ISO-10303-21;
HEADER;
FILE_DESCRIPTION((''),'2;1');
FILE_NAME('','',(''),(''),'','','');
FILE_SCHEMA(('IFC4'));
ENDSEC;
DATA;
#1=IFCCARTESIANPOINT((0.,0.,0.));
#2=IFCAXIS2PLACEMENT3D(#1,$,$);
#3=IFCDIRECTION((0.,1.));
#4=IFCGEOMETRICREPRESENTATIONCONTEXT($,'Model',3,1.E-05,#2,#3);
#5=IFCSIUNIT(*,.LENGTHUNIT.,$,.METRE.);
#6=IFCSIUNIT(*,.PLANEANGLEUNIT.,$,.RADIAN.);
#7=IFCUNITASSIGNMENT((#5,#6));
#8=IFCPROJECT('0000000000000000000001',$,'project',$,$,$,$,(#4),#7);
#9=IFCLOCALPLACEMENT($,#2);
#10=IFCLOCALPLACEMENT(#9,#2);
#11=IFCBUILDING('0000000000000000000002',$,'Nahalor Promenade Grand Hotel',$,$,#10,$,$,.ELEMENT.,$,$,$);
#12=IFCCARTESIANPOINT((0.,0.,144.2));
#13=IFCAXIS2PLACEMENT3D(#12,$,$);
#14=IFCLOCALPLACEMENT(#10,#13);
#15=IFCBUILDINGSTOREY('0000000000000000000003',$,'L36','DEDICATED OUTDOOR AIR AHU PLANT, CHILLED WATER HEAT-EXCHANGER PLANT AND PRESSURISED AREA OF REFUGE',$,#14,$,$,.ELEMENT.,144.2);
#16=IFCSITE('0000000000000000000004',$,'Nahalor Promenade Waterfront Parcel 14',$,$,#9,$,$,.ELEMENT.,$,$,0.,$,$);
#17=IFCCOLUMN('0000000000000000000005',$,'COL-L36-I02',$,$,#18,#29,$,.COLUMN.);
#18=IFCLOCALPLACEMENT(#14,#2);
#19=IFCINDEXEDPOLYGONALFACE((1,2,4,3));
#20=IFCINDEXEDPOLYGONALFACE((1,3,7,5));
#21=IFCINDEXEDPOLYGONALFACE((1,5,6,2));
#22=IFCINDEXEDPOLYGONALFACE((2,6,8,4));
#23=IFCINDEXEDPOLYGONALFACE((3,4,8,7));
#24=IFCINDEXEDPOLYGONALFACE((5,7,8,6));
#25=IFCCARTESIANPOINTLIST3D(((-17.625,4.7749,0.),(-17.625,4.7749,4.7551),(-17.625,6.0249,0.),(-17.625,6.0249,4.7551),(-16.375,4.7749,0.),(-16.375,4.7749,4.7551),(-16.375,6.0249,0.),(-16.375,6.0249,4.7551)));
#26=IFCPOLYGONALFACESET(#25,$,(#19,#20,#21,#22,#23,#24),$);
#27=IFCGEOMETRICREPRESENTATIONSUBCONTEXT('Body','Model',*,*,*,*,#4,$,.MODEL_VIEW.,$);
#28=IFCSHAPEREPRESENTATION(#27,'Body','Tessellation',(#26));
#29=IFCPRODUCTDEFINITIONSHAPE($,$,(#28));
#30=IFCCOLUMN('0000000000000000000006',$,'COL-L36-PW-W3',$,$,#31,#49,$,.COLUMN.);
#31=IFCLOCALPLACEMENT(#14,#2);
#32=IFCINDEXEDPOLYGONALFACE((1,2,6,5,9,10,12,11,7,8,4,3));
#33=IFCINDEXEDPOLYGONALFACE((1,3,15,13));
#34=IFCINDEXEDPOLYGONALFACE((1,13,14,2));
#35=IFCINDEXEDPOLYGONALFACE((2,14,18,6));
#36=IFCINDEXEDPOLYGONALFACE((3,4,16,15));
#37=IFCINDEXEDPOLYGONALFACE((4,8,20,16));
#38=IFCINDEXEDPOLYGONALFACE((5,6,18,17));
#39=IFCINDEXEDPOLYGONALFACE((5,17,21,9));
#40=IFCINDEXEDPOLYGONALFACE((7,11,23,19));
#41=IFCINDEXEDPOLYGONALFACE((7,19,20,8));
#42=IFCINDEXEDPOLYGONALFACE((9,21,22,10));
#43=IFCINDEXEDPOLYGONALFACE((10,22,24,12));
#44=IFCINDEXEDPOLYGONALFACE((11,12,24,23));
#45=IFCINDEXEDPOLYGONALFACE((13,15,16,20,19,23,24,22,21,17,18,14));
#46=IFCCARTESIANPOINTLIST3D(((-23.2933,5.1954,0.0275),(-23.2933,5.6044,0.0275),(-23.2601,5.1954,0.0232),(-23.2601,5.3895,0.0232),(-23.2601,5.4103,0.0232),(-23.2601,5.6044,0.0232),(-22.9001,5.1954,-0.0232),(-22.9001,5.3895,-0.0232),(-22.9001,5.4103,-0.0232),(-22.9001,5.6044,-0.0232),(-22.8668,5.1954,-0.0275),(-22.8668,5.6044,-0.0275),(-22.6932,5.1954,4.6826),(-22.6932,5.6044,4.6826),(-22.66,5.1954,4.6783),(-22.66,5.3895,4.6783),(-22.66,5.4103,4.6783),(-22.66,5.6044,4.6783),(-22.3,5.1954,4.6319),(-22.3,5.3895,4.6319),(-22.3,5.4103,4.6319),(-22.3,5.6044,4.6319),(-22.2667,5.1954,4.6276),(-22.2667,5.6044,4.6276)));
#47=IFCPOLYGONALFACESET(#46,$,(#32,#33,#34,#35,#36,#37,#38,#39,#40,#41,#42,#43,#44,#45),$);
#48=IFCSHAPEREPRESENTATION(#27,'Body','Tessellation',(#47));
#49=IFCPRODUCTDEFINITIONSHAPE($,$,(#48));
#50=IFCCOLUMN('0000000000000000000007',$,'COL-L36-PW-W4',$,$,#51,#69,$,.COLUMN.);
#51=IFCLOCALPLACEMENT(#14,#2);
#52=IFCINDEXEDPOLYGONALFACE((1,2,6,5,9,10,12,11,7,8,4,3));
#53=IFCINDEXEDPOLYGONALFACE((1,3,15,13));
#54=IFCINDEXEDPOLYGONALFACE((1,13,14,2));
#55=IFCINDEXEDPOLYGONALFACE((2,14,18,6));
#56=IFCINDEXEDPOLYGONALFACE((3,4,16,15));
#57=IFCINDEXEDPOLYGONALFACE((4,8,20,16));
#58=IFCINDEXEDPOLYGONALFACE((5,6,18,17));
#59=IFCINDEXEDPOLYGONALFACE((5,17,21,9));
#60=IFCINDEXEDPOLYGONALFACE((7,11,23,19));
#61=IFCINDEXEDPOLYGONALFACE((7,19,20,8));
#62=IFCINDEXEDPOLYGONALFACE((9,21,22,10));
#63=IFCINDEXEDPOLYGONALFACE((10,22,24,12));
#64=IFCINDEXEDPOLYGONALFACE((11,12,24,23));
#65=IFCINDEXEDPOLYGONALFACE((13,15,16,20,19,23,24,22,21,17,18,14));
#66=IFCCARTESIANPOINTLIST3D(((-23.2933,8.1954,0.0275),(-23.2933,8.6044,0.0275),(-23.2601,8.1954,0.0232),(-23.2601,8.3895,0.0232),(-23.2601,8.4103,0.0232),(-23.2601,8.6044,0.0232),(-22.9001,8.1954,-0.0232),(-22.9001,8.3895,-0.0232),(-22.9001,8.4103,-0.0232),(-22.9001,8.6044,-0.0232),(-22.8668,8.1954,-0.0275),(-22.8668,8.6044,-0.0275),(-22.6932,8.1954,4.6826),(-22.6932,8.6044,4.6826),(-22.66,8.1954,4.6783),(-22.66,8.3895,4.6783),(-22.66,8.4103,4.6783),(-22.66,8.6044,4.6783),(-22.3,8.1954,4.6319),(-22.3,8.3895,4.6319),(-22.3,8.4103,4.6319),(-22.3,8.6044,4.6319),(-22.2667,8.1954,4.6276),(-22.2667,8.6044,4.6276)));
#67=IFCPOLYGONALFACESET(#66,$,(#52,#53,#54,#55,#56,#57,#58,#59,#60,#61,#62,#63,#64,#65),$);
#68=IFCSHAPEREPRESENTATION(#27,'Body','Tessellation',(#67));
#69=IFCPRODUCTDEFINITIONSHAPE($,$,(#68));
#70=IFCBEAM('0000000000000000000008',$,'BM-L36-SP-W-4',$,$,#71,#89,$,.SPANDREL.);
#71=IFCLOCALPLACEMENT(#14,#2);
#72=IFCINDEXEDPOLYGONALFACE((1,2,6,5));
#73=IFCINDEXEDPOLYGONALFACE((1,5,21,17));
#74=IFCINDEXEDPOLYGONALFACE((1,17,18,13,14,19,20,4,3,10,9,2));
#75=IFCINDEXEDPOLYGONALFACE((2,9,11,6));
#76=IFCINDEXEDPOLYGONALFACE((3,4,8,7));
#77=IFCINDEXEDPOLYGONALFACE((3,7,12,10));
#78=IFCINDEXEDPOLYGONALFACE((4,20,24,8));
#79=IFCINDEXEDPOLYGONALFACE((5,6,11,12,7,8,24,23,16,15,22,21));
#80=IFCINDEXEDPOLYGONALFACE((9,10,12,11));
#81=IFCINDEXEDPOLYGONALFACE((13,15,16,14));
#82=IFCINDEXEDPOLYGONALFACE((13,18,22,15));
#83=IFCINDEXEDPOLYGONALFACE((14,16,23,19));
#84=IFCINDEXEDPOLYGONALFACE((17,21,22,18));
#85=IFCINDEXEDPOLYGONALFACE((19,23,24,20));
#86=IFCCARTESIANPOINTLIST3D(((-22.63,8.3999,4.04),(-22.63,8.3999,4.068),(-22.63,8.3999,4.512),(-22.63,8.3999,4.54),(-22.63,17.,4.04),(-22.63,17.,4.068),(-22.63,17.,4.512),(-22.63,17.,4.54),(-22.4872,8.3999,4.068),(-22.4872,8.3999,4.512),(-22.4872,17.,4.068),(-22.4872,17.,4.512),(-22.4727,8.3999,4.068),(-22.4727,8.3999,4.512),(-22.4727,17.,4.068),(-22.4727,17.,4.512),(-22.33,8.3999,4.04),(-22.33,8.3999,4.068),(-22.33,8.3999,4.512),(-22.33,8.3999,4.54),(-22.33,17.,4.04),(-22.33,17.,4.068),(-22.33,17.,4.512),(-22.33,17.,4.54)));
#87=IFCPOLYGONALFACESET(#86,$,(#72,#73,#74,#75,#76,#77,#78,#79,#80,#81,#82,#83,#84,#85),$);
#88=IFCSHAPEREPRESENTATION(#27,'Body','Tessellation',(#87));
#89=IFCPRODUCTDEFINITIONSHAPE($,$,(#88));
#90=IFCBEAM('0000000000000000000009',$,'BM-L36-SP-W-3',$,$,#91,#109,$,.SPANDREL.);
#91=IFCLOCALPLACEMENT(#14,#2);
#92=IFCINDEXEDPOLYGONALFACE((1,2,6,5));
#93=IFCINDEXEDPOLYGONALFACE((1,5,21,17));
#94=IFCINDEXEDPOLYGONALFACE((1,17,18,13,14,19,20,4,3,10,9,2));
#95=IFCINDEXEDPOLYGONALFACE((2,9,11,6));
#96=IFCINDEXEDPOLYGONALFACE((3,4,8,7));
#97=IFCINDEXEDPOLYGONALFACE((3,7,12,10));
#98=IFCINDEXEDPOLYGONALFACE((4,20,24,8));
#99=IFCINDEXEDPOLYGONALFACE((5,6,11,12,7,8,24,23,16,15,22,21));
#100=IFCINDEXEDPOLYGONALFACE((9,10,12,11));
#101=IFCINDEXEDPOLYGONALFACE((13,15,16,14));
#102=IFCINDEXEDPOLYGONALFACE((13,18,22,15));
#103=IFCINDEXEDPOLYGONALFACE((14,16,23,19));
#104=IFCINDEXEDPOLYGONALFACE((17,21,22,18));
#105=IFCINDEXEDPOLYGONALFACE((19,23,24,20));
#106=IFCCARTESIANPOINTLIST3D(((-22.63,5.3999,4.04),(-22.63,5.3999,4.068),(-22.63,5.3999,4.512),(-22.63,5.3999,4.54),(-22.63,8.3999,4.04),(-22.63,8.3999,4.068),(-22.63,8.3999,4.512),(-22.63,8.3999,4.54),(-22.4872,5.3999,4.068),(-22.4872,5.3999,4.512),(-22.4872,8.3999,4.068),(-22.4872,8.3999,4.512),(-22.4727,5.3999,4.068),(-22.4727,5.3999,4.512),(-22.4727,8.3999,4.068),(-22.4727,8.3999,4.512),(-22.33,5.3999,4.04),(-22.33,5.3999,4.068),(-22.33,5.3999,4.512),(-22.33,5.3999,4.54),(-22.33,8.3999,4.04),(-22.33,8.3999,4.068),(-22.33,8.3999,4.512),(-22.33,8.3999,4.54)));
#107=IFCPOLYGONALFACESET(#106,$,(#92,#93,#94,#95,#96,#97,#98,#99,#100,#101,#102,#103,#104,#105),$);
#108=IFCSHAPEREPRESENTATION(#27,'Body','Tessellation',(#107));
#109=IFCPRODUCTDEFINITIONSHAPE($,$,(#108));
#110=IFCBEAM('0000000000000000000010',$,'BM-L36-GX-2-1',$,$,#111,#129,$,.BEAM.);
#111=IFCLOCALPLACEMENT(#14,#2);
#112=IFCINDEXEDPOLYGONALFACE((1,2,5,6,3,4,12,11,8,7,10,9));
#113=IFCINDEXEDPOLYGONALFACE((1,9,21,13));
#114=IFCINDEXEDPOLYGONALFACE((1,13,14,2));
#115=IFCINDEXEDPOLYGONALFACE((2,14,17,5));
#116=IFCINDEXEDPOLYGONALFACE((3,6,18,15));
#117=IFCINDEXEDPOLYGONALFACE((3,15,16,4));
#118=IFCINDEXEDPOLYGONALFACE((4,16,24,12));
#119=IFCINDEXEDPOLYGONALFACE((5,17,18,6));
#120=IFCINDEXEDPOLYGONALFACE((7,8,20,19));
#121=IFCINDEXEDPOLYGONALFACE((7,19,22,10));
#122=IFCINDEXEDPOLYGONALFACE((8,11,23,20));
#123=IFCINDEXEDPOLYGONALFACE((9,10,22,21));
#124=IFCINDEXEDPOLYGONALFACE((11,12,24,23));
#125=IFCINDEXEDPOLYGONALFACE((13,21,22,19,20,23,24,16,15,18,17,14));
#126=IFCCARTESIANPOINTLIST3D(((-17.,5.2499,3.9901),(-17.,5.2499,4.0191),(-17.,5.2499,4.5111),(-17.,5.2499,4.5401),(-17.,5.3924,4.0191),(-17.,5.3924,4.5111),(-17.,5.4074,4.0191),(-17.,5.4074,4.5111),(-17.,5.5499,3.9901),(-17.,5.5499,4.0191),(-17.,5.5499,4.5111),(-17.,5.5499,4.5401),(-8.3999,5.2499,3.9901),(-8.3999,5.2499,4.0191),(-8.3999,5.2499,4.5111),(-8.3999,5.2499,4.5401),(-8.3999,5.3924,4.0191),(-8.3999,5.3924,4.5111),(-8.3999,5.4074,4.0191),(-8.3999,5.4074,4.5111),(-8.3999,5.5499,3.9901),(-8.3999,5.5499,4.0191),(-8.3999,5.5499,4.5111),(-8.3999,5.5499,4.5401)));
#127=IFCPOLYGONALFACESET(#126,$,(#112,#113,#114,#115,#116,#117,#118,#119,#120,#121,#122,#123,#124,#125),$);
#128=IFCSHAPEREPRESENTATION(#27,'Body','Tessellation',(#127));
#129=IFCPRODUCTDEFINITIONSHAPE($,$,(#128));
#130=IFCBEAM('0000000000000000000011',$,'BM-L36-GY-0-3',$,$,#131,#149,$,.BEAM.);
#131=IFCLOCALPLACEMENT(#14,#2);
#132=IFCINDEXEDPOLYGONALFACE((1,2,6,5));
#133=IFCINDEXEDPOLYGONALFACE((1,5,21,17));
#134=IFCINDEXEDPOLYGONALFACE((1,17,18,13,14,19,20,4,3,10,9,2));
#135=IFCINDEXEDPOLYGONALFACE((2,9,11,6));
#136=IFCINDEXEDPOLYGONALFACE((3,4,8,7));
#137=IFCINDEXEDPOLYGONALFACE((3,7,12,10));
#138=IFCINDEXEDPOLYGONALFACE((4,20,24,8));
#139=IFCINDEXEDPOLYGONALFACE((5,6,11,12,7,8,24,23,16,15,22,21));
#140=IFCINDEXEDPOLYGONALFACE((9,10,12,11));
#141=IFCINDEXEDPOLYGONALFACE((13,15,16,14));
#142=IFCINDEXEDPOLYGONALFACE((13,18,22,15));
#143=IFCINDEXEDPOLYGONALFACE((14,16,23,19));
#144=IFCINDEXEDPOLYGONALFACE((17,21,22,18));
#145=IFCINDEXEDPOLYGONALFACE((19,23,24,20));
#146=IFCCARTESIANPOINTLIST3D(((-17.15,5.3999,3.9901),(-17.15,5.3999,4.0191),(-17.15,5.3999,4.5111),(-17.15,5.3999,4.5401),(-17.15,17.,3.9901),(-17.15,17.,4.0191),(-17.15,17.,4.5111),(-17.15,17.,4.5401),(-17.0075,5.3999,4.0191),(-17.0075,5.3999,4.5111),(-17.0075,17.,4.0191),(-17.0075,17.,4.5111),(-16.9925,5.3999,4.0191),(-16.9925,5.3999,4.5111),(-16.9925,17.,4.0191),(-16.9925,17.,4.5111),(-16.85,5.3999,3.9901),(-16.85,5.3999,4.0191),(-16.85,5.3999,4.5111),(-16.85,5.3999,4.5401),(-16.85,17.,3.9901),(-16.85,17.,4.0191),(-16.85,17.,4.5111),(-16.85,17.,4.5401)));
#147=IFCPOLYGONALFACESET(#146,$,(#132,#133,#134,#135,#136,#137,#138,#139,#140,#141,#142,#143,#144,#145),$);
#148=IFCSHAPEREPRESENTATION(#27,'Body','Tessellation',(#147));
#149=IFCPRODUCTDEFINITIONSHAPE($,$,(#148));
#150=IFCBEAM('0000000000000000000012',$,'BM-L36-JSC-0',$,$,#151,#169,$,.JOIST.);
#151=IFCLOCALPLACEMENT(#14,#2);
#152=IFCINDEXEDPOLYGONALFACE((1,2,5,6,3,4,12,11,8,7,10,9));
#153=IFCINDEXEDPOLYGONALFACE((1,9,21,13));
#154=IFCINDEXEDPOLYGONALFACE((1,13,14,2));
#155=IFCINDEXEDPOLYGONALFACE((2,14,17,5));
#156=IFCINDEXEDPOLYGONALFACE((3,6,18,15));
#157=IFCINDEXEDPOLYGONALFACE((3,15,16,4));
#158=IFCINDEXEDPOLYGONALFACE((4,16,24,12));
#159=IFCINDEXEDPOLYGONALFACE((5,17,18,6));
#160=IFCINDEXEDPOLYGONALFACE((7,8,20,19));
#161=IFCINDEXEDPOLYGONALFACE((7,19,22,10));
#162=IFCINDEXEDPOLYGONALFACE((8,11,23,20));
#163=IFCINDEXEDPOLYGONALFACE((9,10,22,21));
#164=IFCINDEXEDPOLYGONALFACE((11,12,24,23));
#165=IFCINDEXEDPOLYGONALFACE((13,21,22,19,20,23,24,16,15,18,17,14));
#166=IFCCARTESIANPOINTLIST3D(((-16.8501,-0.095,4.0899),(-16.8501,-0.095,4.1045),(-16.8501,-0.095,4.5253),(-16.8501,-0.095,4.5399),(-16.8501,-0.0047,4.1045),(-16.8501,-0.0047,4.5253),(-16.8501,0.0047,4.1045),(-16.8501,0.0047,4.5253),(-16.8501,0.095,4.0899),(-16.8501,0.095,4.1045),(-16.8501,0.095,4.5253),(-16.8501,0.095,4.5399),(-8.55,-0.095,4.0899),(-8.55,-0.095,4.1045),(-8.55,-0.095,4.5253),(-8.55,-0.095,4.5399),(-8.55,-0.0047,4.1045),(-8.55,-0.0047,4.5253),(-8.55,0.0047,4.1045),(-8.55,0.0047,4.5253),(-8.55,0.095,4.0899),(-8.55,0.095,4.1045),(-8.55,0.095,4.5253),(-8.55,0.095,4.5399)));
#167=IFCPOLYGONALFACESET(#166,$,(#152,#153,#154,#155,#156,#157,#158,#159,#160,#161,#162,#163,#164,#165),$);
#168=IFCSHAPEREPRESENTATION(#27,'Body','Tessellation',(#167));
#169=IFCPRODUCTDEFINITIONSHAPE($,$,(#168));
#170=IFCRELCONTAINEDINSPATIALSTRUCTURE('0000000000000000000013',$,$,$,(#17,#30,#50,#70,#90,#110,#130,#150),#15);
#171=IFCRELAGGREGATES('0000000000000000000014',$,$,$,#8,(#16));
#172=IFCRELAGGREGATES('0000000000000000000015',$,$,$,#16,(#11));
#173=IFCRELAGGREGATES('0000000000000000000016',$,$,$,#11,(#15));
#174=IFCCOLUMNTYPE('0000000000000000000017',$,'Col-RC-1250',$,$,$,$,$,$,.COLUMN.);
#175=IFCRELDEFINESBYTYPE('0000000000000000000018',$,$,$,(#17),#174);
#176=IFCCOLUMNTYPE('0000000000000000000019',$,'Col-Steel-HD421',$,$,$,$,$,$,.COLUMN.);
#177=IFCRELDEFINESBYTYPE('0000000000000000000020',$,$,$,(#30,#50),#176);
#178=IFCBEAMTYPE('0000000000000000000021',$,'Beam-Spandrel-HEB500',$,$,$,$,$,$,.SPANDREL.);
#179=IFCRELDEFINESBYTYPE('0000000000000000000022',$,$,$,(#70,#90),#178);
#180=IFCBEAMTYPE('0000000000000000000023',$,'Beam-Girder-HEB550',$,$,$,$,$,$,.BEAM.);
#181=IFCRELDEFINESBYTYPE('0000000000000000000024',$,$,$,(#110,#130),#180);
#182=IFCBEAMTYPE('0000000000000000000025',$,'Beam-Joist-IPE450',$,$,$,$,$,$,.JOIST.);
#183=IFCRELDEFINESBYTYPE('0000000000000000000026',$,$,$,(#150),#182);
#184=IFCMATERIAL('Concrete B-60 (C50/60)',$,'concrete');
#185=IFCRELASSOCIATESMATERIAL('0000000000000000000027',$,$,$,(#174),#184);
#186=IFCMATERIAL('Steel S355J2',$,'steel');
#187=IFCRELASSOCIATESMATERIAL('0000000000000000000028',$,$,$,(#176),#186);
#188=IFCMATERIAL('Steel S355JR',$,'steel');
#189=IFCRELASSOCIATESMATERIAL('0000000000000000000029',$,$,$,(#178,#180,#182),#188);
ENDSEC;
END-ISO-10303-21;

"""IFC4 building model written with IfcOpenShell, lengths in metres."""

from ifc_helpers import new_model, si_unit, direction, frame, origin, origin_2d, place, context, subcontext, project, spatial, rectangle, i_section, extrude, source, transform, mapped, material, material_profile, profile_set, type_object, element, save


model = new_model("IFC4")

# Units and contexts
model_context = context("Model", 3, precision=1e-05, world=origin(), true_north=direction((0.0, 1.0)))
body_context = subcontext(model_context, "Body", "Model", "MODEL_VIEW")
ifc_project = project(units=[si_unit("LENGTHUNIT", "METRE"), si_unit("PLANEANGLEUNIT", "RADIAN")], contexts=[model_context])

# Site, building, storey
site_placement = place(None, origin())
site = spatial("IfcSite", under=ifc_project, at=site_placement, Name="Nahalor Promenade Waterfront Parcel 14", CompositionType="ELEMENT", RefElevation=0.0)
building_placement = place(site_placement, origin())
building = spatial("IfcBuilding", under=site, at=building_placement, Name="Nahalor Promenade Grand Hotel", CompositionType="ELEMENT")
storey_placement = place(building_placement, frame((0.0, 0.0, 144.2)))
storey = spatial("IfcBuildingStorey", under=building, at=storey_placement, Name="L36", Description="DEDICATED OUTDOOR AIR AHU PLANT, CHILLED WATER HEAT-EXCHANGER PLANT AND PRESSURISED AREA OF REFUGE", CompositionType="ELEMENT", Elevation=144.2)

# Columns
ifc_material_1 = material(Name="Concrete B-60 (C50/60)", Category="concrete")
ifc_material_profile_1 = material_profile(ifc_material_1, rectangle(XDim=1.25, YDim=1.25, at=origin_2d()), Name="RC 1250x1250")
ifc_profile_set_1 = profile_set([ifc_material_profile_1], Name="Concrete B-60 (C50/60)")
column_type_1 = type_object("IfcColumnType", Name="Col-RC-1250", PredefinedType="COLUMN", material=ifc_profile_set_1)
shared_shape_1 = source(origin(), body_context, "Body", "SweptSolid", [
    extrude(rectangle(XDim=1.25, YDim=1.25, at=origin_2d()), origin(), (0.0, 0.0, 1.0), 4.7551),
])
column_placement = place(storey_placement, frame((-17.0, 5.3999, 0.0), z_axis=(0.0, 0.0, 1.0), x_axis=(1.0, 0.0, 0.0)))
element("IfcColumn", 1, at=column_placement, inside=storey, type_object=column_type_1, Name="COL-L36-I02", PredefinedType="COLUMN", context=body_context, shape_type="MappedRepresentation", body=[
    mapped(shared_shape_1, transform((0.0, 0.0, 0.0), scale=1.0)),
])
ifc_material_2 = material(Name="Steel S355J2", Category="steel")
ifc_material_profile_2 = material_profile(ifc_material_2, i_section(OverallWidth=0.409, OverallDepth=0.43, WebThickness=0.0208, FlangeThickness=0.0335, at=origin_2d()), Name="HD 400x421")
ifc_profile_set_2 = profile_set([ifc_material_profile_2], Name="Steel S355J2")
column_type_2 = type_object("IfcColumnType", Name="Col-Steel-HD421", PredefinedType="COLUMN", material=ifc_profile_set_2)
shared_shape_2 = source(origin(), body_context, "Body", "SweptSolid", [
    extrude(i_section(OverallWidth=0.409, OverallDepth=0.43, WebThickness=0.0208, FlangeThickness=0.0335, at=origin_2d()), origin(), (0.0, 0.0, 1.0), 4.6936),
])
for number, where, z_axis, x_axis, name in (
    (2, (-23.0801, 5.3999, 0.0), (0.127856, 0.0, 0.991793), (0.0, 1.0, 0.0), "COL-L36-PW-W3"),
    (3, (-23.0801, 8.3999, 0.0), (0.127856, 0.0, 0.991793), (0.0, 1.0, 0.0), "COL-L36-PW-W4"),
):
    element("IfcColumn", number, at=place(storey_placement, frame(where, z_axis=z_axis, x_axis=x_axis)), inside=storey, type_object=column_type_2, Name=name, PredefinedType="COLUMN", context=body_context, shape_type="MappedRepresentation", body=[
        mapped(shared_shape_2, transform((0.0, 0.0, 0.0), scale=1.0)),
    ])

# Beams
ifc_material_3 = material(Name="Steel S355JR", Category="steel")
ifc_material_profile_3 = material_profile(ifc_material_3, i_section(OverallWidth=0.3, OverallDepth=0.5, WebThickness=0.0145, FlangeThickness=0.028, at=origin_2d()), Name="HEB 500")
ifc_profile_set_3 = profile_set([ifc_material_profile_3], Name="Steel S355JR")
beam_type_1 = type_object("IfcBeamType", Name="Beam-Spandrel-HEB500", PredefinedType="SPANDREL", material=ifc_profile_set_3)
shared_shape_3 = source(origin(), body_context, "Body", "SweptSolid", [
    extrude(i_section(OverallWidth=0.3, OverallDepth=0.5, WebThickness=0.0145, FlangeThickness=0.028, at=origin_2d()), origin(), (0.0, 0.0, 1.0), 8.6001),
])
beam_1_placement = place(storey_placement, frame((-22.48, 8.3999, 4.29), z_axis=(0.0, 1.0, 0.0), x_axis=(-1.0, 0.0, 0.0)))
element("IfcBeam", 4, at=beam_1_placement, inside=storey, type_object=beam_type_1, Name="BM-L36-SP-W-4", PredefinedType="SPANDREL", context=body_context, shape_type="MappedRepresentation", body=[
    mapped(shared_shape_3, transform((0.0, 0.0, 0.0), scale=1.0)),
])
shared_shape_4 = source(origin(), body_context, "Body", "SweptSolid", [
    extrude(i_section(OverallWidth=0.3, OverallDepth=0.5, WebThickness=0.0145, FlangeThickness=0.028, at=origin_2d()), origin(), (0.0, 0.0, 1.0), 3.0),
])
beam_2_placement = place(storey_placement, frame((-22.48, 5.3999, 4.29), z_axis=(0.0, 1.0, 0.0), x_axis=(-1.0, 0.0, 0.0)))
element("IfcBeam", 5, at=beam_2_placement, inside=storey, type_object=beam_type_1, Name="BM-L36-SP-W-3", PredefinedType="SPANDREL", context=body_context, shape_type="MappedRepresentation", body=[
    mapped(shared_shape_4, transform((0.0, 0.0, 0.0), scale=1.0)),
])
ifc_material_profile_4 = material_profile(ifc_material_3, i_section(OverallWidth=0.3, OverallDepth=0.55, WebThickness=0.015, FlangeThickness=0.029, at=origin_2d()), Name="HEB 550")
ifc_profile_set_4 = profile_set([ifc_material_profile_4], Name="Steel S355JR")
beam_type_2 = type_object("IfcBeamType", Name="Beam-Girder-HEB550", PredefinedType="BEAM", material=ifc_profile_set_4)
shared_shape_5 = source(origin(), body_context, "Body", "SweptSolid", [
    extrude(i_section(OverallWidth=0.3, OverallDepth=0.55, WebThickness=0.015, FlangeThickness=0.029, at=origin_2d()), origin(), (0.0, 0.0, 1.0), 8.6001),
])
beam_3_placement = place(storey_placement, frame((-17.0, 5.3999, 4.2651), z_axis=(1.0, 0.0, 0.0), x_axis=(0.0, 1.0, 0.0)))
element("IfcBeam", 6, at=beam_3_placement, inside=storey, type_object=beam_type_2, Name="BM-L36-GX-2-1", PredefinedType="BEAM", context=body_context, shape_type="MappedRepresentation", body=[
    mapped(shared_shape_5, transform((0.0, 0.0, 0.0), scale=1.0)),
])
shared_shape_6 = source(origin(), body_context, "Body", "SweptSolid", [
    extrude(i_section(OverallWidth=0.3, OverallDepth=0.55, WebThickness=0.015, FlangeThickness=0.029, at=origin_2d()), origin(), (0.0, 0.0, 1.0), 11.6001),
])
beam_4_placement = place(storey_placement, frame((-17.0, 5.3999, 4.2651), z_axis=(0.0, 1.0, 0.0), x_axis=(-1.0, 0.0, 0.0)))
element("IfcBeam", 7, at=beam_4_placement, inside=storey, type_object=beam_type_2, Name="BM-L36-GY-0-3", PredefinedType="BEAM", context=body_context, shape_type="MappedRepresentation", body=[
    mapped(shared_shape_6, transform((0.0, 0.0, 0.0), scale=1.0)),
])
ifc_material_profile_5 = material_profile(ifc_material_3, i_section(OverallWidth=0.19, OverallDepth=0.45, WebThickness=0.0094, FlangeThickness=0.0146, at=origin_2d()), Name="IPE 450")
ifc_profile_set_5 = profile_set([ifc_material_profile_5], Name="Steel S355JR")
beam_type_3 = type_object("IfcBeamType", Name="Beam-Joist-IPE450", PredefinedType="JOIST", material=ifc_profile_set_5)
shared_shape_7 = source(origin(), body_context, "Body", "SweptSolid", [
    extrude(i_section(OverallWidth=0.19, OverallDepth=0.45, WebThickness=0.0094, FlangeThickness=0.0146, at=origin_2d()), origin(), (0.0, 0.0, 1.0), 8.3),
])
beam_5_placement = place(storey_placement, frame((-16.8501, 0.0, 4.3149), z_axis=(1.0, 0.0, 0.0), x_axis=(0.0, 1.0, 0.0)))
element("IfcBeam", 8, at=beam_5_placement, inside=storey, type_object=beam_type_3, Name="BM-L36-JSC-0", PredefinedType="JOIST", context=body_context, shape_type="MappedRepresentation", body=[
    mapped(shared_shape_7, transform((0.0, 0.0, 0.0), scale=1.0)),
])

save(model, "model.ifc")
